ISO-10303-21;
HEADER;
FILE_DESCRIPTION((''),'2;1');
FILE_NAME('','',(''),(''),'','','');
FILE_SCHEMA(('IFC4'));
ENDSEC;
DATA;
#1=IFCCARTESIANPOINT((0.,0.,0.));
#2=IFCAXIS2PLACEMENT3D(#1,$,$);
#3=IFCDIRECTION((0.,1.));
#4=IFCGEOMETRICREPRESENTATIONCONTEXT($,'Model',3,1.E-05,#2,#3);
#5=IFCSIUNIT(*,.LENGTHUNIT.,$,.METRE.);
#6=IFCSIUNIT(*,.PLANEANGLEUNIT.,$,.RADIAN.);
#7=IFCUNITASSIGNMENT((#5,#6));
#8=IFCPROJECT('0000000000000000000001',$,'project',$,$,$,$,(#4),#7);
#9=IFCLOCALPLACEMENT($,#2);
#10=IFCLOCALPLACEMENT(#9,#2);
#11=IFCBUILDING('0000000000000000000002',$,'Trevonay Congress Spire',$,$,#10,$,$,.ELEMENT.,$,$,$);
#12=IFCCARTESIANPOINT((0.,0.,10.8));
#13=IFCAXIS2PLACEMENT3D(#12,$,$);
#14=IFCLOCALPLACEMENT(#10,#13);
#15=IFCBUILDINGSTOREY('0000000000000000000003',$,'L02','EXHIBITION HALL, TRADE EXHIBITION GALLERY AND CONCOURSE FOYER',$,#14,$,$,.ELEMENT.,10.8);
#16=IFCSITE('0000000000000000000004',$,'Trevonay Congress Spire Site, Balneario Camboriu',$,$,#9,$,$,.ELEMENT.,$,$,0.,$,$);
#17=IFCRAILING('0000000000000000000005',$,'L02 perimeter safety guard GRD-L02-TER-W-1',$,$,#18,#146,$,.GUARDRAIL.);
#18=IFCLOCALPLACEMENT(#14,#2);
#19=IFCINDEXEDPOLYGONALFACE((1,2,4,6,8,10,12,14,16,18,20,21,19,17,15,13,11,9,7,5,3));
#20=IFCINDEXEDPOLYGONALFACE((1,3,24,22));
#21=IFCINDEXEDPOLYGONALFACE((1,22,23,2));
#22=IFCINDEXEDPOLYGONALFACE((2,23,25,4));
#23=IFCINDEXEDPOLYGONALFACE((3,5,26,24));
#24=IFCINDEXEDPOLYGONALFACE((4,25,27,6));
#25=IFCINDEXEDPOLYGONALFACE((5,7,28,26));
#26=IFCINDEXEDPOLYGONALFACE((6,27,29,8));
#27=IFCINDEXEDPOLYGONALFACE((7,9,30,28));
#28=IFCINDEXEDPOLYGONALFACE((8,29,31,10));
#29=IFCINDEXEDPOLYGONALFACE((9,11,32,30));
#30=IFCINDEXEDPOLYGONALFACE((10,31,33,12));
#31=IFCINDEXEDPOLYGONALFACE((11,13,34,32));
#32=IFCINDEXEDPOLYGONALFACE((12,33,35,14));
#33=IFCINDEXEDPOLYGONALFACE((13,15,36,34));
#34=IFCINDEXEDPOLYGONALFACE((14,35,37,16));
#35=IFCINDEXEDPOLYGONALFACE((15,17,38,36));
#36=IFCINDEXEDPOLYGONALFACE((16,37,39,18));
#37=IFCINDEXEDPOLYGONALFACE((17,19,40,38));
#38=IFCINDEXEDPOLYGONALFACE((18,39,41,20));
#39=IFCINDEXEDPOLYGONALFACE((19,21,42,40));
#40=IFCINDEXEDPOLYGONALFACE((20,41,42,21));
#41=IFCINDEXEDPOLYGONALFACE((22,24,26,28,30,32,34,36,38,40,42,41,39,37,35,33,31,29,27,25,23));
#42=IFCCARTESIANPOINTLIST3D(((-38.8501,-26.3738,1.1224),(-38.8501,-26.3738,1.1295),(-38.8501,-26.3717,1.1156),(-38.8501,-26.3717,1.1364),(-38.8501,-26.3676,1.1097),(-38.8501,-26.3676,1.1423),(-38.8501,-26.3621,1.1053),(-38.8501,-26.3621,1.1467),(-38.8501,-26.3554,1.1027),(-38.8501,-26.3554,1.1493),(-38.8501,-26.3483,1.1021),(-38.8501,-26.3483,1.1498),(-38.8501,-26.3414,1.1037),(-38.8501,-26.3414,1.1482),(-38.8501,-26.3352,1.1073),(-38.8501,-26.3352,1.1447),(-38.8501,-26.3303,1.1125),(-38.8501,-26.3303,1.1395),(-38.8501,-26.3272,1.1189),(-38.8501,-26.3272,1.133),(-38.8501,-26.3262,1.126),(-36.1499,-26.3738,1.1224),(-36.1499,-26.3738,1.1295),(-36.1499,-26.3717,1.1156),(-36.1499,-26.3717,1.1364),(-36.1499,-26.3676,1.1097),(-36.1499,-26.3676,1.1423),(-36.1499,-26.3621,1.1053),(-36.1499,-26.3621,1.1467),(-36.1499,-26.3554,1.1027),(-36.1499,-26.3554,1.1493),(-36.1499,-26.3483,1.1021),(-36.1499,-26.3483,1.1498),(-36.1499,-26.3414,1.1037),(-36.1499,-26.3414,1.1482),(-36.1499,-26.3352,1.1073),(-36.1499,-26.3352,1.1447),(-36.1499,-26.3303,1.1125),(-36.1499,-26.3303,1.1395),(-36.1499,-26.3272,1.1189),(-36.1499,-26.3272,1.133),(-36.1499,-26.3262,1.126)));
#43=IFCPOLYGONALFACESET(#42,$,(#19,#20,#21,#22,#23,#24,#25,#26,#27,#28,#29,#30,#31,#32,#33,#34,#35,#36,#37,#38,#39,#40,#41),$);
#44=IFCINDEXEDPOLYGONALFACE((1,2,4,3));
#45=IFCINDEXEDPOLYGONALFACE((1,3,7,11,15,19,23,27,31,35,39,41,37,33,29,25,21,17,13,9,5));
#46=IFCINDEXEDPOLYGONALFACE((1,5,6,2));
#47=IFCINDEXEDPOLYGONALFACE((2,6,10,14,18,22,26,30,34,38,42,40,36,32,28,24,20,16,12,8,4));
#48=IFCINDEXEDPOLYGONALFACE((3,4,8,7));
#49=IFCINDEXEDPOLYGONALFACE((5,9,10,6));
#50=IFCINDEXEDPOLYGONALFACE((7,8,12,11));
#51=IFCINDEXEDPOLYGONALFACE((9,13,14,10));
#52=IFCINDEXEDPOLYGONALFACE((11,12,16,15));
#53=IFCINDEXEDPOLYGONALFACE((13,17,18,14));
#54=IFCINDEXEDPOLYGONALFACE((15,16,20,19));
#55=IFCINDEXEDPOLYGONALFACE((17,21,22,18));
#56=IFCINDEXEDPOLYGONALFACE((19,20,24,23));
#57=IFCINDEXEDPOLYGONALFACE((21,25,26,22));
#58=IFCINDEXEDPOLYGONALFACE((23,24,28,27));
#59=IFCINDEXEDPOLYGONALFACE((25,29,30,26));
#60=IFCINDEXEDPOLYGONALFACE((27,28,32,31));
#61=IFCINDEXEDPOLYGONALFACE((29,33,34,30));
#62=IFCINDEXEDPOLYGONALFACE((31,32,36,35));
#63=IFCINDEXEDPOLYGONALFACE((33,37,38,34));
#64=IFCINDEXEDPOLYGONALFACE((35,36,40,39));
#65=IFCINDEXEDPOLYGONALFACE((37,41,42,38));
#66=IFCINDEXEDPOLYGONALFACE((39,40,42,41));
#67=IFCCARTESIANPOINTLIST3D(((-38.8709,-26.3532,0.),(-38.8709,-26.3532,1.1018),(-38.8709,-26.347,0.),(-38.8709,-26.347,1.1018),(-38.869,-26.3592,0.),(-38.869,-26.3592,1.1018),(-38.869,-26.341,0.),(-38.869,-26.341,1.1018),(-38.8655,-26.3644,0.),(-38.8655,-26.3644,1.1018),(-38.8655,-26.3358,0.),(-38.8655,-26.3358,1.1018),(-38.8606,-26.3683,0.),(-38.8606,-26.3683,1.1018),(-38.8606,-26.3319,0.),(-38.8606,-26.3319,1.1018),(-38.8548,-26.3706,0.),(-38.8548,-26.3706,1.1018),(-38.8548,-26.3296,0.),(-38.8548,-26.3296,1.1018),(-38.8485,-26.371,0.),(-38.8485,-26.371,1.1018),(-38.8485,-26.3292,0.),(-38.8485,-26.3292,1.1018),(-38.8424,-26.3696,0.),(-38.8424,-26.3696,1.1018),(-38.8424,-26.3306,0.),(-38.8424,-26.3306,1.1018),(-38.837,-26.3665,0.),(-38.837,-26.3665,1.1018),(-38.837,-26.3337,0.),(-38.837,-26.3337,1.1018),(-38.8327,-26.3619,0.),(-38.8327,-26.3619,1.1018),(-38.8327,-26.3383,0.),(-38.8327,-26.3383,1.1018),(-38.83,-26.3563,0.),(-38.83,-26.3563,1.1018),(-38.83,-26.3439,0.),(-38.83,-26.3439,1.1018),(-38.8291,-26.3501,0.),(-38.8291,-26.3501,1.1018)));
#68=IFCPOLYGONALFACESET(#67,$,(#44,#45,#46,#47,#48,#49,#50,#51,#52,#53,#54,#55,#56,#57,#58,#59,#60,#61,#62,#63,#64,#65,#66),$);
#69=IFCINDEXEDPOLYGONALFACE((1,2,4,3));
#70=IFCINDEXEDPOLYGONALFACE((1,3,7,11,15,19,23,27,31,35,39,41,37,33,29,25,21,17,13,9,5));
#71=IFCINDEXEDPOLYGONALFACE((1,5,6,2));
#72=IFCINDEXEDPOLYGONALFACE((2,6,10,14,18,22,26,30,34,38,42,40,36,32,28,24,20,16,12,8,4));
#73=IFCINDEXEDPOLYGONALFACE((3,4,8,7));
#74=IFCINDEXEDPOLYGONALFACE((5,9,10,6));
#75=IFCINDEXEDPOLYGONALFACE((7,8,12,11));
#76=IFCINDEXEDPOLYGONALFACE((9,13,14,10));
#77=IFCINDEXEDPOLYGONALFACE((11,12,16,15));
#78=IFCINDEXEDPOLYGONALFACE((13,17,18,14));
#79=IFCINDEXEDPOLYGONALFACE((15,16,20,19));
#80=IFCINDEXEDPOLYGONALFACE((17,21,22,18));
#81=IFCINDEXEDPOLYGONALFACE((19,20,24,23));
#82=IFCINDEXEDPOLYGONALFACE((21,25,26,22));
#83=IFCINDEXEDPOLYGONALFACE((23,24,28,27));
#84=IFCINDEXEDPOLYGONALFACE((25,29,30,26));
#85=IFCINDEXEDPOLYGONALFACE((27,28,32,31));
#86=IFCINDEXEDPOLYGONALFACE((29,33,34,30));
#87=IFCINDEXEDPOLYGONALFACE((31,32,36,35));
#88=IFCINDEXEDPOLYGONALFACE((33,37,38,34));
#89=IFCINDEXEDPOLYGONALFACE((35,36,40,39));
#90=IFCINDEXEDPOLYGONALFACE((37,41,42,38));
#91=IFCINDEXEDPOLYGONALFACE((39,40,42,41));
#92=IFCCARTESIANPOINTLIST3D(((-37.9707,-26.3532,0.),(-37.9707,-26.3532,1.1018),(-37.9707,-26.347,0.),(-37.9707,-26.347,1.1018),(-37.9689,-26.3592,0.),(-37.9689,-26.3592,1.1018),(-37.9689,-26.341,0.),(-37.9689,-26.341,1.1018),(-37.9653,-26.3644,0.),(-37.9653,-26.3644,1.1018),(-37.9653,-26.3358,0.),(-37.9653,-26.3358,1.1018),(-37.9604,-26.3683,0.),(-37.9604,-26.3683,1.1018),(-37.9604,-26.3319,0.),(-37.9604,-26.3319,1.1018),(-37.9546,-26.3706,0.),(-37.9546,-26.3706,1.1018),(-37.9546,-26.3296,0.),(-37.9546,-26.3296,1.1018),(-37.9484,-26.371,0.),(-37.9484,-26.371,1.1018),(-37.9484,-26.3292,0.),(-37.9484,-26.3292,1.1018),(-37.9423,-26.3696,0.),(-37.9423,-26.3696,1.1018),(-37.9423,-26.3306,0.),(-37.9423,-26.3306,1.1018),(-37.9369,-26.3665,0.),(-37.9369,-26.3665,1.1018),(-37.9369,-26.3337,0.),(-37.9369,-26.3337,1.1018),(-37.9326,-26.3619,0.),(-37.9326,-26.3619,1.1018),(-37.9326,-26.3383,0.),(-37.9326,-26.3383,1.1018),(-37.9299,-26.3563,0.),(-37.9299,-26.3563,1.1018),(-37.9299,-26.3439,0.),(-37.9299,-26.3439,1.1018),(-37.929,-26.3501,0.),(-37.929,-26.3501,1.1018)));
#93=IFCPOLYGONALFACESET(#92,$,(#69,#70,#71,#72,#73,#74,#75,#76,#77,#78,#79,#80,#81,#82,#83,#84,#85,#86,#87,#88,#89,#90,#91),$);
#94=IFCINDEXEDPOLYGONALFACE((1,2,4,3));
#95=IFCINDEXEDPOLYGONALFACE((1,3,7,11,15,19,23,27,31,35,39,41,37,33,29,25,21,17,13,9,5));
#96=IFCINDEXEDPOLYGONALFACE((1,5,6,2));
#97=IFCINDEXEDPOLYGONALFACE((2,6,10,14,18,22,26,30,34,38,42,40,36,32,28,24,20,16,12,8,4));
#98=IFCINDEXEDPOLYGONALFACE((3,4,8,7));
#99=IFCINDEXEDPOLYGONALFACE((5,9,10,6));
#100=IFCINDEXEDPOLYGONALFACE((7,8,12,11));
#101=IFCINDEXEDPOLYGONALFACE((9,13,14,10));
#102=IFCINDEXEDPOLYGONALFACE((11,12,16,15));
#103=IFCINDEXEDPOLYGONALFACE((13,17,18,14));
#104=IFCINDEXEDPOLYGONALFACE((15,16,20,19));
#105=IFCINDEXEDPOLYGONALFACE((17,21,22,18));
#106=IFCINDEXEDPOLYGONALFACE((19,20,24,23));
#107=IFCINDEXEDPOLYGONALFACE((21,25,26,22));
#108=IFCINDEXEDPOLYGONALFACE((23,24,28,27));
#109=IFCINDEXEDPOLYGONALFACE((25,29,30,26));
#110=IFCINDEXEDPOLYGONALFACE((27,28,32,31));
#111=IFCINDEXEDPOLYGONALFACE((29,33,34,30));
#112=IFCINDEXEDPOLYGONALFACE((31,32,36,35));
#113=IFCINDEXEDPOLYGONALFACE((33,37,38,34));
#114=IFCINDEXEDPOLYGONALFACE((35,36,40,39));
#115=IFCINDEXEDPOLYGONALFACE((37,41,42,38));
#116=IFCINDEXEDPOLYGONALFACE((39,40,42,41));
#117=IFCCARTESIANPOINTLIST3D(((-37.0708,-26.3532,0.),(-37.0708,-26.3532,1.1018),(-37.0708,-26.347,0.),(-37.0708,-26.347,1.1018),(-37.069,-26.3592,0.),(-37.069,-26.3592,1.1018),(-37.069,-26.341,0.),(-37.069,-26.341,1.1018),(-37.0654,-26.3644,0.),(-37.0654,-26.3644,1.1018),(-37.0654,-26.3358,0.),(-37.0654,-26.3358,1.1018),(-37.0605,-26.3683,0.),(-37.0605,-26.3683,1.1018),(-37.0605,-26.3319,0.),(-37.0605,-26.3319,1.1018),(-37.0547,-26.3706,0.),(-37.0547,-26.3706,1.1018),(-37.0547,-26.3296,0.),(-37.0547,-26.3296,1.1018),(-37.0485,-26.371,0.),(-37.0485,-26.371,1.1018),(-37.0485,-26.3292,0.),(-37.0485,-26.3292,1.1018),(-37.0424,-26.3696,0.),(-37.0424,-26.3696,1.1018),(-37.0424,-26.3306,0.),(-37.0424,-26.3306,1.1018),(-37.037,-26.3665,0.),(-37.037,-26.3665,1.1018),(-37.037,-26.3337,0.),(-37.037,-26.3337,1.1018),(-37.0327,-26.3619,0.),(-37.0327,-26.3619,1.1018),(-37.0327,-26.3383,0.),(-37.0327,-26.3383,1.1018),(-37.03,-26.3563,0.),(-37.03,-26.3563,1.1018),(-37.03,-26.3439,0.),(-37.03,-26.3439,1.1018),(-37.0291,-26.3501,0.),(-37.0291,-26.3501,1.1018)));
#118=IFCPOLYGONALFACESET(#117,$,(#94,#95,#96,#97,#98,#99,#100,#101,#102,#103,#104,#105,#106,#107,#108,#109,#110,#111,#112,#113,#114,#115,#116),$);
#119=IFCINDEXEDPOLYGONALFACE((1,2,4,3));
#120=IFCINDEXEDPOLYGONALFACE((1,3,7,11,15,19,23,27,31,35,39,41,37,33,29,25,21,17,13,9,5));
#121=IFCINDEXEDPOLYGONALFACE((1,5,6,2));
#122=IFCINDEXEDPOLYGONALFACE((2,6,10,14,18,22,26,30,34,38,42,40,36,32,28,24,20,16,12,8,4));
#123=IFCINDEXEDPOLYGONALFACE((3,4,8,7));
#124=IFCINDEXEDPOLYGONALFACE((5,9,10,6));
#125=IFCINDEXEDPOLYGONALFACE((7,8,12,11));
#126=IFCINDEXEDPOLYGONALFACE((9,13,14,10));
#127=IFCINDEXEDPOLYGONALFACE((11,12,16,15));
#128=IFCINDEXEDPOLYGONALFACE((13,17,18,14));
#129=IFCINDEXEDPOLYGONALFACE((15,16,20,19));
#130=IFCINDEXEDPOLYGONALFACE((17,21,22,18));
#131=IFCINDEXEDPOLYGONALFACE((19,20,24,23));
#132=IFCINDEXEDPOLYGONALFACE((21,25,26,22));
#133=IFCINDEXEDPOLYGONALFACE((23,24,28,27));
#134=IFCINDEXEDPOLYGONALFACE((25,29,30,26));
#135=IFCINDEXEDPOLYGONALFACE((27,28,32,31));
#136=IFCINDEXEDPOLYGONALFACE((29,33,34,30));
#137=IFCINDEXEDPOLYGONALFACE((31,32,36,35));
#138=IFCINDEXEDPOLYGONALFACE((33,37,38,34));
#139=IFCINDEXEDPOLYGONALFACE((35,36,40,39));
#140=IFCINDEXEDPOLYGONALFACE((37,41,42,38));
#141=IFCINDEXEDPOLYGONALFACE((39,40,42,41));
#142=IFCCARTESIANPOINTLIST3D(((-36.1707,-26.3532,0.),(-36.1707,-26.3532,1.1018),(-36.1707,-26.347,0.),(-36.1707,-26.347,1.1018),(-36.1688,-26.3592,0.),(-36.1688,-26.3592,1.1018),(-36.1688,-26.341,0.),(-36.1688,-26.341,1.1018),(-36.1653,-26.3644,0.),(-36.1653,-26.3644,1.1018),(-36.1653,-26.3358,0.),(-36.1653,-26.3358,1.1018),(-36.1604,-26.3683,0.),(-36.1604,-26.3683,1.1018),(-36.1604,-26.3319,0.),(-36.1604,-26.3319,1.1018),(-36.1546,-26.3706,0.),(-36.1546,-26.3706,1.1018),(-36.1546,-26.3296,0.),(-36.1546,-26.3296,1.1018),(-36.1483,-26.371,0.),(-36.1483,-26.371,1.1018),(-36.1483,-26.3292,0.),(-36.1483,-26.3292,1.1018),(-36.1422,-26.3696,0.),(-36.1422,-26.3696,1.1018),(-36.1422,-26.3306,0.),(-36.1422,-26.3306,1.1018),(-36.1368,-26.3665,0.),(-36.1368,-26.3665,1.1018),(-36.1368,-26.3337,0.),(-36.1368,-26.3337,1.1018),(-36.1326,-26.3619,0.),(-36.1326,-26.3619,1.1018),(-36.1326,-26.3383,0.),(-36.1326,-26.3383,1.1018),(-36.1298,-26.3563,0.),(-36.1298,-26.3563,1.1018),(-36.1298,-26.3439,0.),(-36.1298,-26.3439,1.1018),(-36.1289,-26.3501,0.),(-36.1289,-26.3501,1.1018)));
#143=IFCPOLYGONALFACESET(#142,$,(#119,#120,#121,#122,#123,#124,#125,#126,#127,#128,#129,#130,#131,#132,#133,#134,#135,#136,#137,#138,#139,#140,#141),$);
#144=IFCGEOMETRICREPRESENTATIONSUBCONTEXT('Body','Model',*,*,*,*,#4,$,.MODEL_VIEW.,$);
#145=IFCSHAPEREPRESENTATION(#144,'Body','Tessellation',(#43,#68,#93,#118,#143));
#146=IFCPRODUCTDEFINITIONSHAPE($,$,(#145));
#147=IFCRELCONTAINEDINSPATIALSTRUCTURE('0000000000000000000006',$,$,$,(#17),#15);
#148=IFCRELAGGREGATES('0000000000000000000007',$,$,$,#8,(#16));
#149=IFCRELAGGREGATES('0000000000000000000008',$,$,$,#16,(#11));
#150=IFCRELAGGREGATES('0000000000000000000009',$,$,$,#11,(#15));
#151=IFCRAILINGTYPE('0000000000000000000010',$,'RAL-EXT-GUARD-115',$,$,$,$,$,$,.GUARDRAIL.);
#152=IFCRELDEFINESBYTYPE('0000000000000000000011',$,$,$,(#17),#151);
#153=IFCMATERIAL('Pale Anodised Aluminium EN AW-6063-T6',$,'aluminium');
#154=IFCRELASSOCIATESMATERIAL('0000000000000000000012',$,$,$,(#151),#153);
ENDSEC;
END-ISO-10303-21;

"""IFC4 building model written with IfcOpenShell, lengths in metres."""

from ifc_helpers import new_model, si_unit, direction, frame, origin, origin_2d, place, context, subcontext, project, spatial, circle, extrude, material, type_object, element, save


model = new_model("IFC4")

# Units and contexts
model_context = context("Model", 3, precision=1e-05, world=origin(), true_north=direction((0.0, 1.0)))
body_context = subcontext(model_context, "Body", "Model", "MODEL_VIEW")
ifc_project = project(units=[si_unit("LENGTHUNIT", "METRE"), si_unit("PLANEANGLEUNIT", "RADIAN")], contexts=[model_context])

# Site, building, storey
site_placement = place(None, origin())
site = spatial("IfcSite", under=ifc_project, at=site_placement, Name="Trevonay Congress Spire Site, Balneario Camboriu", CompositionType="ELEMENT", RefElevation=0.0)
building_placement = place(site_placement, origin())
building = spatial("IfcBuilding", under=site, at=building_placement, Name="Trevonay Congress Spire", CompositionType="ELEMENT")
storey_placement = place(building_placement, frame((0.0, 0.0, 10.8)))
storey = spatial("IfcBuildingStorey", under=building, at=storey_placement, Name="L02", Description="EXHIBITION HALL, TRADE EXHIBITION GALLERY AND CONCOURSE FOYER", CompositionType="ELEMENT", Elevation=10.8)

# Shared definitions
ifc_material_1 = material(Name="Pale Anodised Aluminium EN AW-6063-T6", Category="aluminium")

# Railing
railing_type_1 = type_object("IfcRailingType", Name="RAL-EXT-GUARD-115", PredefinedType="GUARDRAIL", material=ifc_material_1)
railing_1_placement = place(storey_placement, frame((-38.8501, -26.3501, 0.0)))
element("IfcRailing", 1, at=railing_1_placement, inside=storey, type_object=railing_type_1, Name="L02 perimeter safety guard GRD-L02-TER-W-1", PredefinedType="GUARDRAIL", context=body_context, shape_type="SweptSolid", body=[
    extrude(circle(Radius=0.0239, at=origin_2d()), frame((0.0, 0.0, 1.126), z_axis=(1.0, 0.0, 0.0), x_axis=(0.0, 1.0, 0.0)), (0.0, 0.0, 1.0), 2.7002),
    extrude(circle(Radius=0.021, at=origin_2d()), origin(), (0.0, 0.0, 1.0), 1.1018),
    extrude(circle(Radius=0.021, at=origin_2d()), frame((0.9001, 0.0, 0.0)), (0.0, 0.0, 1.0), 1.1018),
    extrude(circle(Radius=0.021, at=origin_2d()), frame((1.8, 0.0, 0.0)), (0.0, 0.0, 1.0), 1.1018),
    extrude(circle(Radius=0.021, at=origin_2d()), frame((2.7002, 0.0, 0.0)), (0.0, 0.0, 1.0), 1.1018),
])

save(model, "model.ifc")
